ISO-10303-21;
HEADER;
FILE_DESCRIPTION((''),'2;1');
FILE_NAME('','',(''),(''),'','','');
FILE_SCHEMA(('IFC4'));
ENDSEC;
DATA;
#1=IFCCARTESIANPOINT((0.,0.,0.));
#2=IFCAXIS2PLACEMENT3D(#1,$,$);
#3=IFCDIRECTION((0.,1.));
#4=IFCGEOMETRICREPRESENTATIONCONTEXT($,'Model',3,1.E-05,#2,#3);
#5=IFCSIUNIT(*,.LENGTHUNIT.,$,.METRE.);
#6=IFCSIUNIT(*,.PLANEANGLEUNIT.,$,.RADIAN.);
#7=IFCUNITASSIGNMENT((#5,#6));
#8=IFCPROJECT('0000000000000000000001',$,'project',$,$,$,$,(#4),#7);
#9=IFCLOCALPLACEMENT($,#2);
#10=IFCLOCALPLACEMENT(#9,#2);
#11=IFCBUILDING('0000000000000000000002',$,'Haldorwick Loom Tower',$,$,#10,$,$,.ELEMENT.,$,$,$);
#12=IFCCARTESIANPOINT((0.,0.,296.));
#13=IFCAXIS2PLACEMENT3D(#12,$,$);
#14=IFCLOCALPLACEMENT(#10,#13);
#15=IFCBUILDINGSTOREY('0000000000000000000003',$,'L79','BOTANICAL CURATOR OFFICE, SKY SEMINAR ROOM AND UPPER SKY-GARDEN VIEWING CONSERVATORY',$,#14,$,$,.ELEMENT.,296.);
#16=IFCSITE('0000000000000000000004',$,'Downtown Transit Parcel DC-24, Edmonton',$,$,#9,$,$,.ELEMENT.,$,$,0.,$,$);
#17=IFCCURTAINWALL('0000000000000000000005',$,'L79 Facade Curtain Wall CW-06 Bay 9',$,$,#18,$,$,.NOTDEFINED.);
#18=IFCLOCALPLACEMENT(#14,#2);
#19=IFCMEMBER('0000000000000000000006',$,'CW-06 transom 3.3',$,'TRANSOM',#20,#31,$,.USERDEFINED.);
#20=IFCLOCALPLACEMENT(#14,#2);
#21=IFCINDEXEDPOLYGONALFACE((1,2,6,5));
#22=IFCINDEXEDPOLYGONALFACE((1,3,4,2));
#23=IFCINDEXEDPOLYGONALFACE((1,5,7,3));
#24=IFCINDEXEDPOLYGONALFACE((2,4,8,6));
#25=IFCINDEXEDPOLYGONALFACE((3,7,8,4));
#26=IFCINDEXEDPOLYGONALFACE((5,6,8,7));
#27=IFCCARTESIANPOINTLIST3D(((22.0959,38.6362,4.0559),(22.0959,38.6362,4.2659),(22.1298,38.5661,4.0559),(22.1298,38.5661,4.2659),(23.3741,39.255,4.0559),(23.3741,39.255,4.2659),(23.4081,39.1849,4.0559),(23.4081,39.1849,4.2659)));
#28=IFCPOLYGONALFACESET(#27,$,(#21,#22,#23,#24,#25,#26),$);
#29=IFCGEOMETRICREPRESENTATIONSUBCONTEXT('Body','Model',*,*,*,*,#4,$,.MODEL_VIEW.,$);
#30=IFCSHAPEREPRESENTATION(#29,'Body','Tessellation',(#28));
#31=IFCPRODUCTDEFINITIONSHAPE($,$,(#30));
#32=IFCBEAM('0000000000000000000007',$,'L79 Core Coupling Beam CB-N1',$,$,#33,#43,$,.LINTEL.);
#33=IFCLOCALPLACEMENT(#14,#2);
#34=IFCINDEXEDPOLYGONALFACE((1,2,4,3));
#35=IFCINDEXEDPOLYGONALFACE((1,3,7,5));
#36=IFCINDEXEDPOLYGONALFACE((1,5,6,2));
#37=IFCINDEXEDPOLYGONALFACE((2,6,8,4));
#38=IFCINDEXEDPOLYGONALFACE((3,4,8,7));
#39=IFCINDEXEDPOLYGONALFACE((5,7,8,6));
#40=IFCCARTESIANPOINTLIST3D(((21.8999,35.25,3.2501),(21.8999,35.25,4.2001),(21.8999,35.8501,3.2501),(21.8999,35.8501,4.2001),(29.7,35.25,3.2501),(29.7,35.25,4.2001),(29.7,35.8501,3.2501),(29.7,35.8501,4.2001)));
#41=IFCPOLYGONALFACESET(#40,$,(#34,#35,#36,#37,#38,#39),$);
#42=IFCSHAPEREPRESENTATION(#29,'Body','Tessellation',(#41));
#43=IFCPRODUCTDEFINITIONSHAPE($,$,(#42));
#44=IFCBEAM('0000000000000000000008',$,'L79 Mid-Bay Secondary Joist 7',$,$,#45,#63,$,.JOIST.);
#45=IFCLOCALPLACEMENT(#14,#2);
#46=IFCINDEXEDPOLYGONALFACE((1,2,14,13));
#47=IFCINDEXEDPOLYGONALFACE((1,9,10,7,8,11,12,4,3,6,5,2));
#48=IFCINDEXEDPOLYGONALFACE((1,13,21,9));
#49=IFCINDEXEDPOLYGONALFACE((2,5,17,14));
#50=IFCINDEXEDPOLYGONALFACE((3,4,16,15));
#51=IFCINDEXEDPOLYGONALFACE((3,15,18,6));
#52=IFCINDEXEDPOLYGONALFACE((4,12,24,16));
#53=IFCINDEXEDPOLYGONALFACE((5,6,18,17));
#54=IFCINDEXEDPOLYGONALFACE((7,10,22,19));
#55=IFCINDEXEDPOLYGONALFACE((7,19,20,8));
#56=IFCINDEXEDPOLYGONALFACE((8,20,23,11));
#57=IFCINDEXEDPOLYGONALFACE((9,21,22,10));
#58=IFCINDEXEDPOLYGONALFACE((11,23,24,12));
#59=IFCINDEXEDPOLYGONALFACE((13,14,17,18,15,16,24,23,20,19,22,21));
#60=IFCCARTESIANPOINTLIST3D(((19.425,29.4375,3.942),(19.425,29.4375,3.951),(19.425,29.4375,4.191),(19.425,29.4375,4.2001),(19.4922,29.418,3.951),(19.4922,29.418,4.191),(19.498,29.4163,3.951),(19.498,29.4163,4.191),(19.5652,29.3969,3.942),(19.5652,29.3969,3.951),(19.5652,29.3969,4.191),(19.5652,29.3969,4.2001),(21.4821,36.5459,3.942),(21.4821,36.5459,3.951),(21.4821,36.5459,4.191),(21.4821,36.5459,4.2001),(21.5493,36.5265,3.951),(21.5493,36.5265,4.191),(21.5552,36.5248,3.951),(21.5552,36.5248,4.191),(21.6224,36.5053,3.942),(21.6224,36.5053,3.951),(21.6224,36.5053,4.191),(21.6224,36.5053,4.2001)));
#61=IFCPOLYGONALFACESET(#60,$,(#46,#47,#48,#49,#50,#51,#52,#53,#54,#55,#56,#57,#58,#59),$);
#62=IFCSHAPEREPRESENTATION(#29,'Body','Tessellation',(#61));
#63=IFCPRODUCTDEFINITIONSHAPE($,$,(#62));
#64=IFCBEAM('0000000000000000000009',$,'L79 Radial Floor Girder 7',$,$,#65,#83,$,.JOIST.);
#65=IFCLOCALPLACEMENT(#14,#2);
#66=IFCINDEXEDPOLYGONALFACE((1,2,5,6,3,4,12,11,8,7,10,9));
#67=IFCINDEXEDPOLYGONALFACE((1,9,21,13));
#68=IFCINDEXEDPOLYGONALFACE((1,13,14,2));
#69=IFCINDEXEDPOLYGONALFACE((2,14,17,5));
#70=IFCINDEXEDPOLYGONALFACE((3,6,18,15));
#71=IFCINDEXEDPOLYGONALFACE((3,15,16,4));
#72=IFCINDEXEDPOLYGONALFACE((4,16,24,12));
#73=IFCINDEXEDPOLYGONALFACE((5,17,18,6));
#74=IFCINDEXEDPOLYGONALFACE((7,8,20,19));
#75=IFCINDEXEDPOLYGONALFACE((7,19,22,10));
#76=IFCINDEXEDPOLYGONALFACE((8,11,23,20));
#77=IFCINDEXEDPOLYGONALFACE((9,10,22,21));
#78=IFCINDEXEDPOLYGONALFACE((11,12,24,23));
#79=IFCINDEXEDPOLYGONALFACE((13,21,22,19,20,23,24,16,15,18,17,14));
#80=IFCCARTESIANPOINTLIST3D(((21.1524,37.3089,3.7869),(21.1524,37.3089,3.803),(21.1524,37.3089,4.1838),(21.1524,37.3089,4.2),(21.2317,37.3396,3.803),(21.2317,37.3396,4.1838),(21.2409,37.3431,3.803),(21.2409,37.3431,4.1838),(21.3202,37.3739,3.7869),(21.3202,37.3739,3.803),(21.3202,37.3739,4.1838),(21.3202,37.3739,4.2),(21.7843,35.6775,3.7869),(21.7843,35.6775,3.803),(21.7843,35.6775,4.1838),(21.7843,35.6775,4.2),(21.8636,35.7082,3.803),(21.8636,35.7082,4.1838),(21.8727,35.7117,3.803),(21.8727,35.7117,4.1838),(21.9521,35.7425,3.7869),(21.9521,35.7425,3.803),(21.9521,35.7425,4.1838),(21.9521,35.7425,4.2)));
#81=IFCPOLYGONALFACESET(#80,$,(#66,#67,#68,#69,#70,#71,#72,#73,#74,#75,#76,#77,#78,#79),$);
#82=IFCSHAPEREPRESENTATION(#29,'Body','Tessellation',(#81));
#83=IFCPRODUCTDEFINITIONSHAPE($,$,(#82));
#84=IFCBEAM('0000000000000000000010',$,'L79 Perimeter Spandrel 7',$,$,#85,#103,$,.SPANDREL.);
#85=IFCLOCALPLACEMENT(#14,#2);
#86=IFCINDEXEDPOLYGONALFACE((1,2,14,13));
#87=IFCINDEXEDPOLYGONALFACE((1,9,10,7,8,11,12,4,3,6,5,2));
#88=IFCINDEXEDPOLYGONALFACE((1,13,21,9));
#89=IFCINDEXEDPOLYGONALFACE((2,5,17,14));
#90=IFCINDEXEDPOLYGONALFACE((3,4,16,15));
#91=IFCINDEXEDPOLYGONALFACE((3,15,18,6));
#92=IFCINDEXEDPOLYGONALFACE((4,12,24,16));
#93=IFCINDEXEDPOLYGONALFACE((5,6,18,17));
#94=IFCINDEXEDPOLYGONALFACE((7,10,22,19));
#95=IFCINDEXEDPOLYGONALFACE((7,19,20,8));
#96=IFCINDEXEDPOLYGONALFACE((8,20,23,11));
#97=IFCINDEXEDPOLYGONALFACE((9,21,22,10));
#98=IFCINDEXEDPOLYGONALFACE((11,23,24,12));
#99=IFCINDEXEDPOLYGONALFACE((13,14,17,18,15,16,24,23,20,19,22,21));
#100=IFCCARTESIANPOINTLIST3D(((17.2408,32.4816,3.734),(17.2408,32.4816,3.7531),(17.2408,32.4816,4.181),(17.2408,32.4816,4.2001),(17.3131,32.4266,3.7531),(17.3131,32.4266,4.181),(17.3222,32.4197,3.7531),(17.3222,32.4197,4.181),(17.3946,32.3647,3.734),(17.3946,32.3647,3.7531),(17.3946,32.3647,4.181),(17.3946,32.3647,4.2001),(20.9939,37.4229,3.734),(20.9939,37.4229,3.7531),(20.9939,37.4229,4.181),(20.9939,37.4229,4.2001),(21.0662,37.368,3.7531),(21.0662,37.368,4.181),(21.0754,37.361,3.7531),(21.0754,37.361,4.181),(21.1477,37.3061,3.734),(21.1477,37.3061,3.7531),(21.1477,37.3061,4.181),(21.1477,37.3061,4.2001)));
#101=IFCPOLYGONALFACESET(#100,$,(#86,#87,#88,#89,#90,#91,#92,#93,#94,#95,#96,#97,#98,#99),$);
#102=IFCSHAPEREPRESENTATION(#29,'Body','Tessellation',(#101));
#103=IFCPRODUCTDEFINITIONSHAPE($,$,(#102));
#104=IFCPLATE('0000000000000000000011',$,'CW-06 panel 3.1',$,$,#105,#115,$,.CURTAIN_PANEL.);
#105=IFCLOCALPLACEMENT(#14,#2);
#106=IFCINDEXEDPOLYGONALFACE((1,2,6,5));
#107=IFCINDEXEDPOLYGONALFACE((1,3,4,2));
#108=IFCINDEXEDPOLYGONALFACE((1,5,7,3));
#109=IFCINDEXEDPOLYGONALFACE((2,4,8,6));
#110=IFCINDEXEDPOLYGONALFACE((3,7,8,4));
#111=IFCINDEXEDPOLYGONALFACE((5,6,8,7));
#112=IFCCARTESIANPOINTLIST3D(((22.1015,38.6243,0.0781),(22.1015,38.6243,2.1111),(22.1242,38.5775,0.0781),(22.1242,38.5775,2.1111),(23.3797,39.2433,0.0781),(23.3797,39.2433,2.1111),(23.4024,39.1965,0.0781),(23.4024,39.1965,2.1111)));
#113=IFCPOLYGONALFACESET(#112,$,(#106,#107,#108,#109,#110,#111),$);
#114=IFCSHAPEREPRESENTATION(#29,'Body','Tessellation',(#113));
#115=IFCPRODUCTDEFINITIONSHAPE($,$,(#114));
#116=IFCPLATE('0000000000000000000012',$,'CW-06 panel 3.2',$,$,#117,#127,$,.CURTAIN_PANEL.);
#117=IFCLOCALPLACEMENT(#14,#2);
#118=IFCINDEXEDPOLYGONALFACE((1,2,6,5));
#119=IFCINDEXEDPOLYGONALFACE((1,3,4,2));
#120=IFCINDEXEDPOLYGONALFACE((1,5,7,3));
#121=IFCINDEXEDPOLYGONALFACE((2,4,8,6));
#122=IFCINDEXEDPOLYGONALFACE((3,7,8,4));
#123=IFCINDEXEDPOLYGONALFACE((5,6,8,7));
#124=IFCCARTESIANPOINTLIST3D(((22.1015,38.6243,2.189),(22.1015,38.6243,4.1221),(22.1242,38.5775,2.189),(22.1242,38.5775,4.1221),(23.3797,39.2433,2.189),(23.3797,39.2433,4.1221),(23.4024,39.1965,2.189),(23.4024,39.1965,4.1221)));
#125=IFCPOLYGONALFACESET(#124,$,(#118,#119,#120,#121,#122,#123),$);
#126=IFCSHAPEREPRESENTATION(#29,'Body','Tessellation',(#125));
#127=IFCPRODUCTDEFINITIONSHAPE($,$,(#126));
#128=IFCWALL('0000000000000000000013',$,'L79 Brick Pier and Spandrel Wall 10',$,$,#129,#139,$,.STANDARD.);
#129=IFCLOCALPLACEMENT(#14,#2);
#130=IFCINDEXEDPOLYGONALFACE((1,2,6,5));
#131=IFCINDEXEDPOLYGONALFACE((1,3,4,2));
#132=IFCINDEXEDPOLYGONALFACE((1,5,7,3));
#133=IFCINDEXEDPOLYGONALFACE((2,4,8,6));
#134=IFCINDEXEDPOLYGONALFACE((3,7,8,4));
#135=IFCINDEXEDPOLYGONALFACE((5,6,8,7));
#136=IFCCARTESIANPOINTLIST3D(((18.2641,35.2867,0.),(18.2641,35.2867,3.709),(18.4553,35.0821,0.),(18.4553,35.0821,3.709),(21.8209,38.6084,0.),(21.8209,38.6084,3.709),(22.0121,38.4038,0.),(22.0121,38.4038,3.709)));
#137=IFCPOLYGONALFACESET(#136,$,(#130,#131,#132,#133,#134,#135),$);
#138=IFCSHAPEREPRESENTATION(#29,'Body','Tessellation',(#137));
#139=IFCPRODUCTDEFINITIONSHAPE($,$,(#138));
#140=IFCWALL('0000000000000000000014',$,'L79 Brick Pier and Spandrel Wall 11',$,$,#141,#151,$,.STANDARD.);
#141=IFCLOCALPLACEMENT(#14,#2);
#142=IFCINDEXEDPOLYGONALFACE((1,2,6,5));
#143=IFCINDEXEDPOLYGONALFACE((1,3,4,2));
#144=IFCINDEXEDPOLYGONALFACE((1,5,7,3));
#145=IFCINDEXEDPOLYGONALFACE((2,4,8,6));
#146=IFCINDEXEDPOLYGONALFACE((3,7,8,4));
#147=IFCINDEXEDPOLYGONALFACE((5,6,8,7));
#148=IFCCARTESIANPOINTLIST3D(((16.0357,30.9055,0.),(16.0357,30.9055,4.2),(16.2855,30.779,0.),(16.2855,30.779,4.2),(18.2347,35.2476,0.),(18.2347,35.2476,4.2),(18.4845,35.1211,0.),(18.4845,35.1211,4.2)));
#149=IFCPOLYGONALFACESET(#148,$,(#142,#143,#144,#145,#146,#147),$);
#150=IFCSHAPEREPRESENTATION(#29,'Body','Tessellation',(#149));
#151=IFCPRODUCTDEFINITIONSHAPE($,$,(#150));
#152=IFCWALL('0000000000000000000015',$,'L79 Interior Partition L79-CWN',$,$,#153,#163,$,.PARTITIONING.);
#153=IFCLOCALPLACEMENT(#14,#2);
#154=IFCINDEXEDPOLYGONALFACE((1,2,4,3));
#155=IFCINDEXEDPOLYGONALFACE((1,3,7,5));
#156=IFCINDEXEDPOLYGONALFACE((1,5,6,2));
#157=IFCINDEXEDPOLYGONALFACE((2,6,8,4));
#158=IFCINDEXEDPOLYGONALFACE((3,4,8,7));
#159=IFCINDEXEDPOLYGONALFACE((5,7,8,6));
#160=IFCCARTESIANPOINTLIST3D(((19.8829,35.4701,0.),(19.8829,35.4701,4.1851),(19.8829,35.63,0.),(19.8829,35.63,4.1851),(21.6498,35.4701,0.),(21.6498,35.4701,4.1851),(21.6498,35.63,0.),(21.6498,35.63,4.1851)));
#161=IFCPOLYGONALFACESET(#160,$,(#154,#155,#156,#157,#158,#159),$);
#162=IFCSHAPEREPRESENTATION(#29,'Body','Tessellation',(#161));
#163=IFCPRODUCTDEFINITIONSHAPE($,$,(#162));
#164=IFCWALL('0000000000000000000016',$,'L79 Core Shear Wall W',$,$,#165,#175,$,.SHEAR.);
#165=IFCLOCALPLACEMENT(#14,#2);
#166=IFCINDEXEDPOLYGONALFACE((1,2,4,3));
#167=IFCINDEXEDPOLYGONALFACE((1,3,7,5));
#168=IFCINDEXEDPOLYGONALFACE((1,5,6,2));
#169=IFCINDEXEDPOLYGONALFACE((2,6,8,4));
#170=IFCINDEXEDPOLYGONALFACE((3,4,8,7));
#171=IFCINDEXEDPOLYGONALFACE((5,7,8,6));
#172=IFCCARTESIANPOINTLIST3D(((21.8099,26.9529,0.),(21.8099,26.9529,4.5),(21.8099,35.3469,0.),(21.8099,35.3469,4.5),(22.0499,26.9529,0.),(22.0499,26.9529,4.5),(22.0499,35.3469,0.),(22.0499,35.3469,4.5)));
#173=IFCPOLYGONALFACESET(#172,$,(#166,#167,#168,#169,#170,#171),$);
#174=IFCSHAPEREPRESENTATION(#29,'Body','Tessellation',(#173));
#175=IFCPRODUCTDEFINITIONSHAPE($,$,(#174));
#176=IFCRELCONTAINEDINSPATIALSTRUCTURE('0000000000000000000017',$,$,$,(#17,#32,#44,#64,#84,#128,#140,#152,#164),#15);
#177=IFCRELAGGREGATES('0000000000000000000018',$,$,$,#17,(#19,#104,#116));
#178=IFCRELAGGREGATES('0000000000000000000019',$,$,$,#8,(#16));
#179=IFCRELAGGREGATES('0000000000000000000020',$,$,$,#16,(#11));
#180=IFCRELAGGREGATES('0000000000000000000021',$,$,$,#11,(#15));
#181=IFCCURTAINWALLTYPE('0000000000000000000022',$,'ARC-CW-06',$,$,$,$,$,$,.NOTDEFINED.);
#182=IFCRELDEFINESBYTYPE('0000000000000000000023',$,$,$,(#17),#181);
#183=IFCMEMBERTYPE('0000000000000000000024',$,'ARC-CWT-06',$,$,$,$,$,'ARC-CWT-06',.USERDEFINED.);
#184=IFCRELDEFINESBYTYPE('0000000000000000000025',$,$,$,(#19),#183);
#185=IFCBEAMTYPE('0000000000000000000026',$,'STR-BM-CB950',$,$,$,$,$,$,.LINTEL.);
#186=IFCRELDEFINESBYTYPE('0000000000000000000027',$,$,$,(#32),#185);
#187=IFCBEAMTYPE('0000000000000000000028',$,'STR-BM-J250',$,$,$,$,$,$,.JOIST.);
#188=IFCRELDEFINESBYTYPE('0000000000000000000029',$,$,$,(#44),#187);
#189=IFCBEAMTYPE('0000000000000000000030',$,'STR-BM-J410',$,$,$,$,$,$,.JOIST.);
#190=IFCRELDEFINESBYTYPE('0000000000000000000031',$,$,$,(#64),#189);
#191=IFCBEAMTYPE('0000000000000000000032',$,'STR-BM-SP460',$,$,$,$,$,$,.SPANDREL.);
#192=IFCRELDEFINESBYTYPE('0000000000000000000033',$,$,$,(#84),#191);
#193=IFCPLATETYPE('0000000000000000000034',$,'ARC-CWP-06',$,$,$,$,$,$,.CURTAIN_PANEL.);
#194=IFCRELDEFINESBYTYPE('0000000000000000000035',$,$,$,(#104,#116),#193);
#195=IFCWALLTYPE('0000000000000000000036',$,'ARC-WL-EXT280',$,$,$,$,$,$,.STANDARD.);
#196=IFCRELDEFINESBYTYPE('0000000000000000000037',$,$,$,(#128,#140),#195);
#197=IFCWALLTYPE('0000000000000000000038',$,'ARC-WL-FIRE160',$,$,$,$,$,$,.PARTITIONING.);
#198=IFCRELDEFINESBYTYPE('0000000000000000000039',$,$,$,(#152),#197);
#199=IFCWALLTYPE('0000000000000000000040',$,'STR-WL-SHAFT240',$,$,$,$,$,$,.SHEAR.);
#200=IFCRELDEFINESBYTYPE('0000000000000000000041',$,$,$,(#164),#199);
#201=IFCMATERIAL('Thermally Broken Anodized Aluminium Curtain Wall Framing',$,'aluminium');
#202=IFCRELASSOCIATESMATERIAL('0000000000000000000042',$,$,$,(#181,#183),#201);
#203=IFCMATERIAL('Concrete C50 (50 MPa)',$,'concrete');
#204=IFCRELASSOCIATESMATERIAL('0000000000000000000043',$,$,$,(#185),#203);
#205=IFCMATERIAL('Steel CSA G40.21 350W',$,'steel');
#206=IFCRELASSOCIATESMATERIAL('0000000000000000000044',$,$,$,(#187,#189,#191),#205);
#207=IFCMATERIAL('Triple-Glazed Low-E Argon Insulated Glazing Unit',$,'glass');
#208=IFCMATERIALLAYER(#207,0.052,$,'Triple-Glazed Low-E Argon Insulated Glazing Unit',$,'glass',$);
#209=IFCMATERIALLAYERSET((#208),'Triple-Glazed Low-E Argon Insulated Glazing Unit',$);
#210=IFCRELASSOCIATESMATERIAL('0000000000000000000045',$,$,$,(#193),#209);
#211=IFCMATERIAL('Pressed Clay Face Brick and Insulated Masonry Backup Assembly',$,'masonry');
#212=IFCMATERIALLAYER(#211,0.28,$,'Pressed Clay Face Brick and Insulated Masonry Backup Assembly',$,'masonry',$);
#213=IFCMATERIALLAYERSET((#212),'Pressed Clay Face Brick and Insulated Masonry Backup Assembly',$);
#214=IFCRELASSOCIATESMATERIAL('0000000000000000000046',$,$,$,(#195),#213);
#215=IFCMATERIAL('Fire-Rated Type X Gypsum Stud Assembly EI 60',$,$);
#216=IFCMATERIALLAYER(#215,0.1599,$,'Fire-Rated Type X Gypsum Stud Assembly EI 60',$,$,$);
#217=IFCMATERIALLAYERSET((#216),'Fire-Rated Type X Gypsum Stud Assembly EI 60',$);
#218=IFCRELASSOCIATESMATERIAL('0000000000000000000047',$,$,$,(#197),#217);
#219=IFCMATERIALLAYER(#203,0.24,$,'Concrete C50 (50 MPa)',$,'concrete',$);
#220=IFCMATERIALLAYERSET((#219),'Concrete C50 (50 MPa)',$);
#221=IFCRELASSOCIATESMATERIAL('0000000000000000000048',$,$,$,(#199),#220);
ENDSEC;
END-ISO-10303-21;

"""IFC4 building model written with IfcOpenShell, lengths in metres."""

from ifc_helpers import new_model, si_unit, direction, frame, frame_2d, origin, origin_2d, place, context, subcontext, project, spatial, rectangle, i_section, extrude, material, layer, layer_set, material_profile, profile_set, type_object, element, aggregate, save


model = new_model("IFC4")

# Units and contexts
model_context = context("Model", 3, precision=1e-05, world=origin(), true_north=direction((0.0, 1.0)))
body_context = subcontext(model_context, "Body", "Model", "MODEL_VIEW")
ifc_project = project(units=[si_unit("LENGTHUNIT", "METRE"), si_unit("PLANEANGLEUNIT", "RADIAN")], contexts=[model_context])

# Site, building, storey
site_placement = place(None, origin())
site = spatial("IfcSite", under=ifc_project, at=site_placement, Name="Downtown Transit Parcel DC-24, Edmonton", CompositionType="ELEMENT", RefElevation=0.0)
building_placement = place(site_placement, origin())
building = spatial("IfcBuilding", under=site, at=building_placement, Name="Haldorwick Loom Tower", CompositionType="ELEMENT")
storey_placement = place(building_placement, frame((0.0, 0.0, 296.0)))
storey = spatial("IfcBuildingStorey", under=building, at=storey_placement, Name="L79", Description="BOTANICAL CURATOR OFFICE, SKY SEMINAR ROOM AND UPPER SKY-GARDEN VIEWING CONSERVATORY", CompositionType="ELEMENT", Elevation=296.0)

# Shared definitions
ifc_material_1 = material(Name="Concrete C50 (50 MPa)", Category="concrete")
ifc_material_2 = material(Name="Steel CSA G40.21 350W", Category="steel")

# Curtain wall, member
ifc_material_3 = material(Name="Thermally Broken Anodized Aluminium Curtain Wall Framing", Category="aluminium")
curtain_wall_type = type_object("IfcCurtainWallType", Name="ARC-CW-06", PredefinedType="NOTDEFINED", material=ifc_material_3)
curtain_wall_placement = place(storey_placement, origin())
curtain_wall = element("IfcCurtainWall", 1, at=curtain_wall_placement, inside=storey, type_object=curtain_wall_type, Name="L79 Facade Curtain Wall CW-06 Bay 9", PredefinedType="NOTDEFINED")
ifc_material_profile_1 = material_profile(ifc_material_3, rectangle(XDim=0.0779, YDim=0.21, at=origin_2d()), Name="ALU_TRN_78X210", Category="aluminium")
ifc_profile_set_1 = profile_set([ifc_material_profile_1], Name="Thermally Broken Anodized Aluminium Curtain Wall Framing")
member_type_1 = type_object("IfcMemberType", Name="ARC-CWT-06", ElementType="ARC-CWT-06", PredefinedType="USERDEFINED", material=ifc_profile_set_1)
member_1_placement = place(storey_placement, frame((23.3911, 39.22, 4.1609), z_axis=(-0.900061, -0.435763, 0.0), x_axis=(0.435763, -0.900061, 0.0)))
member_1 = element("IfcMember", 2, at=member_1_placement, type_object=member_type_1, Name="CW-06 transom 3.3", ObjectType="TRANSOM", PredefinedType="USERDEFINED", context=body_context, shape_type="SweptSolid", body=[
    extrude(rectangle(XDim=0.0779, YDim=0.21, at=origin_2d()), origin(), (0.0, 0.0, 1.0), 1.4202),
])

# Beams
ifc_material_profile_2 = material_profile(ifc_material_1, rectangle(XDim=0.6001, YDim=0.95, at=origin_2d()), Name="RC600X950", Category="concrete")
ifc_profile_set_2 = profile_set([ifc_material_profile_2], Name="Concrete C50 (50 MPa)")
beam_type_1 = type_object("IfcBeamType", Name="STR-BM-CB950", PredefinedType="LINTEL", material=ifc_profile_set_2)
beam_1_placement = place(storey_placement, frame((21.8999, 35.55, 3.7251), z_axis=(1.0, 0.0, 0.0), x_axis=(0.0, 1.0, 0.0)))
element("IfcBeam", 3, at=beam_1_placement, inside=storey, type_object=beam_type_1, Name="L79 Core Coupling Beam CB-N1", PredefinedType="LINTEL", context=body_context, shape_type="SweptSolid", body=[
    extrude(rectangle(XDim=0.6001, YDim=0.95, at=origin_2d()), origin(), (0.0, 0.0, 1.0), 7.8),
])
ifc_material_profile_3 = material_profile(ifc_material_2, i_section(OverallWidth=0.146, OverallDepth=0.2581, WebThickness=0.0061, FlangeThickness=0.009, at=origin_2d()), Name="W250X33", Category="steel")
ifc_profile_set_3 = profile_set([ifc_material_profile_3], Name="Steel CSA G40.21 350W")
beam_type_2 = type_object("IfcBeamType", Name="STR-BM-J250", PredefinedType="JOIST", material=ifc_profile_set_3)
beam_2_placement = place(storey_placement, frame((21.5522, 36.5256, 4.071), z_axis=(-0.277988, -0.960585, 0.0), x_axis=(0.960585, -0.277988, 0.0)))
element("IfcBeam", 4, at=beam_2_placement, inside=storey, type_object=beam_type_2, Name="L79 Mid-Bay Secondary Joist 7", PredefinedType="JOIST", context=body_context, shape_type="SweptSolid", body=[
    extrude(i_section(OverallWidth=0.146, OverallDepth=0.2581, WebThickness=0.0061, FlangeThickness=0.009, at=origin_2d()), origin(), (0.0, 0.0, 1.0), 7.4001),
])
ifc_material_profile_4 = material_profile(ifc_material_2, i_section(OverallWidth=0.1799, OverallDepth=0.4131, WebThickness=0.0098, FlangeThickness=0.0161, at=origin_2d()), Name="W410X74", Category="steel")
ifc_profile_set_4 = profile_set([ifc_material_profile_4], Name="Steel CSA G40.21 350W")
beam_type_3 = type_object("IfcBeamType", Name="STR-BM-J410", PredefinedType="JOIST", material=ifc_profile_set_4)
beam_3_placement = place(storey_placement, frame((21.8682, 35.71, 3.9934), z_axis=(-0.361166, 0.932501, 0.0), x_axis=(-0.932501, -0.361166, 0.0)))
element("IfcBeam", 5, at=beam_3_placement, inside=storey, type_object=beam_type_3, Name="L79 Radial Floor Girder 7", PredefinedType="JOIST", context=body_context, shape_type="SweptSolid", body=[
    extrude(i_section(OverallWidth=0.1799, OverallDepth=0.4131, WebThickness=0.0098, FlangeThickness=0.0161, at=origin_2d()), origin(), (0.0, 0.0, 1.0), 1.7495),
])
ifc_material_profile_5 = material_profile(ifc_material_2, i_section(OverallWidth=0.1931, OverallDepth=0.4661, WebThickness=0.0115, FlangeThickness=0.019, at=origin_2d()), Name="W460X97", Category="steel")
ifc_profile_set_5 = profile_set([ifc_material_profile_5], Name="Steel CSA G40.21 350W")
beam_type_4 = type_object("IfcBeamType", Name="STR-BM-SP460", PredefinedType="SPANDREL", material=ifc_profile_set_5)
beam_4_placement = place(storey_placement, frame((21.0708, 37.3645, 3.967), z_axis=(-0.604849, -0.79634, 0.0), x_axis=(0.79634, -0.604849, 0.0)))
element("IfcBeam", 6, at=beam_4_placement, inside=storey, type_object=beam_type_4, Name="L79 Perimeter Spandrel 7", PredefinedType="SPANDREL", context=body_context, shape_type="SweptSolid", body=[
    extrude(i_section(OverallWidth=0.1931, OverallDepth=0.4661, WebThickness=0.0115, FlangeThickness=0.019, at=origin_2d()), origin(), (0.0, 0.0, 1.0), 6.2051),
])

# Plates
ifc_material_4 = material(Name="Triple-Glazed Low-E Argon Insulated Glazing Unit", Category="glass")
ifc_layer_1 = layer(ifc_material_4, 0.052, Name="Triple-Glazed Low-E Argon Insulated Glazing Unit", Category="glass")
ifc_layer_set_1 = layer_set([ifc_layer_1], Name="Triple-Glazed Low-E Argon Insulated Glazing Unit")
plate_type = type_object("IfcPlateType", Name="ARC-CWP-06", PredefinedType="CURTAIN_PANEL", material=ifc_layer_set_1)
plate_1_placement = place(storey_placement, frame((22.752, 38.9104, 0.0781), z_axis=(0.0, 0.0, 1.0), x_axis=(-0.900032, -0.435824, 0.0)))
plate_1 = element("IfcPlate", 7, at=plate_1_placement, type_object=plate_type, Name="CW-06 panel 3.1", PredefinedType="CURTAIN_PANEL", context=body_context, shape_type="SweptSolid", body=[
    extrude(rectangle(XDim=1.4202, YDim=0.052, at=origin_2d()), origin(), (0.0, 0.0, 1.0), 2.033),
])
plate_2_placement = place(storey_placement, frame((22.752, 38.9104, 2.189), z_axis=(0.0, 0.0, 1.0), x_axis=(-0.900032, -0.435824, 0.0)))
plate_2 = element("IfcPlate", 8, at=plate_2_placement, type_object=plate_type, Name="CW-06 panel 3.2", PredefinedType="CURTAIN_PANEL", context=body_context, shape_type="SweptSolid", body=[
    extrude(rectangle(XDim=1.4202, YDim=0.052, at=origin_2d()), origin(), (0.0, 0.0, 1.0), 1.9331),
])
aggregate(curtain_wall, [member_1, plate_1, plate_2])

# Walls
ifc_material_5 = material(Name="Pressed Clay Face Brick and Insulated Masonry Backup Assembly", Category="masonry")
ifc_layer_2 = layer(ifc_material_5, 0.28, Name="Pressed Clay Face Brick and Insulated Masonry Backup Assembly", Category="masonry")
ifc_layer_set_2 = layer_set([ifc_layer_2], Name="Pressed Clay Face Brick and Insulated Masonry Backup Assembly")
wall_type_1 = type_object("IfcWallType", Name="ARC-WL-EXT280", PredefinedType="STANDARD", material=ifc_layer_set_2)
wall_1_placement = place(storey_placement, frame((21.9165, 38.5061, 0.0), z_axis=(0.0, 0.0, 1.0), x_axis=(-0.730848, -0.68254, 0.0)))
element("IfcWall", 9, at=wall_1_placement, inside=storey, type_object=wall_type_1, Name="L79 Brick Pier and Spandrel Wall 10", PredefinedType="STANDARD", context=body_context, shape_type="SweptSolid", body=[
    extrude(rectangle(XDim=4.8667, YDim=0.28, at=frame_2d((2.4333, 0.0))), origin(), (0.0, 0.0, 1.0), 3.709),
])
wall_2_placement = place(storey_placement, frame((18.3596, 35.1843, 0.0), z_axis=(0.0, 0.0, 1.0), x_axis=(-0.451802, -0.892118, 0.0)))
element("IfcWall", 10, at=wall_2_placement, inside=storey, type_object=wall_type_1, Name="L79 Brick Pier and Spandrel Wall 11", PredefinedType="STANDARD", context=body_context, shape_type="SweptSolid", body=[
    extrude(rectangle(XDim=4.8672, YDim=0.28, at=frame_2d((2.4336, 0.0))), origin(), (0.0, 0.0, 1.0), 4.2),
])
ifc_material_6 = material(Name="Fire-Rated Type X Gypsum Stud Assembly EI 60")
ifc_layer_3 = layer(ifc_material_6, 0.1599, Name="Fire-Rated Type X Gypsum Stud Assembly EI 60")
ifc_layer_set_3 = layer_set([ifc_layer_3], Name="Fire-Rated Type X Gypsum Stud Assembly EI 60")
wall_type_2 = type_object("IfcWallType", Name="ARC-WL-FIRE160", PredefinedType="PARTITIONING", material=ifc_layer_set_3)
wall_3_placement = place(storey_placement, frame((19.8831, 35.55, 0.0), z_axis=(0.0, 0.0, 1.0), x_axis=(1.0, 0.0, 0.0)))
element("IfcWall", 11, at=wall_3_placement, inside=storey, type_object=wall_type_2, Name="L79 Interior Partition L79-CWN", PredefinedType="PARTITIONING", context=body_context, shape_type="SweptSolid", body=[
    extrude(rectangle(XDim=1.7668, YDim=0.1599, at=frame_2d((0.8833, 0.0))), origin(), (0.0, 0.0, 1.0), 4.1851),
])
ifc_layer_4 = layer(ifc_material_1, 0.24, Name="Concrete C50 (50 MPa)", Category="concrete")
ifc_layer_set_4 = layer_set([ifc_layer_4], Name="Concrete C50 (50 MPa)")
wall_type_3 = type_object("IfcWallType", Name="STR-WL-SHAFT240", PredefinedType="SHEAR", material=ifc_layer_set_4)
wall_4_placement = place(storey_placement, frame((21.9299, 35.3469, 0.0), z_axis=(0.0, 0.0, 1.0), x_axis=(0.0, -1.0, 0.0)))
element("IfcWall", 12, at=wall_4_placement, inside=storey, type_object=wall_type_3, Name="L79 Core Shear Wall W", PredefinedType="SHEAR", context=body_context, shape_type="SweptSolid", body=[
    extrude(rectangle(XDim=8.394, YDim=0.24, at=frame_2d((4.197, 0.0))), origin(), (0.0, 0.0, 1.0), 4.5),
])

save(model, "model.ifc")
